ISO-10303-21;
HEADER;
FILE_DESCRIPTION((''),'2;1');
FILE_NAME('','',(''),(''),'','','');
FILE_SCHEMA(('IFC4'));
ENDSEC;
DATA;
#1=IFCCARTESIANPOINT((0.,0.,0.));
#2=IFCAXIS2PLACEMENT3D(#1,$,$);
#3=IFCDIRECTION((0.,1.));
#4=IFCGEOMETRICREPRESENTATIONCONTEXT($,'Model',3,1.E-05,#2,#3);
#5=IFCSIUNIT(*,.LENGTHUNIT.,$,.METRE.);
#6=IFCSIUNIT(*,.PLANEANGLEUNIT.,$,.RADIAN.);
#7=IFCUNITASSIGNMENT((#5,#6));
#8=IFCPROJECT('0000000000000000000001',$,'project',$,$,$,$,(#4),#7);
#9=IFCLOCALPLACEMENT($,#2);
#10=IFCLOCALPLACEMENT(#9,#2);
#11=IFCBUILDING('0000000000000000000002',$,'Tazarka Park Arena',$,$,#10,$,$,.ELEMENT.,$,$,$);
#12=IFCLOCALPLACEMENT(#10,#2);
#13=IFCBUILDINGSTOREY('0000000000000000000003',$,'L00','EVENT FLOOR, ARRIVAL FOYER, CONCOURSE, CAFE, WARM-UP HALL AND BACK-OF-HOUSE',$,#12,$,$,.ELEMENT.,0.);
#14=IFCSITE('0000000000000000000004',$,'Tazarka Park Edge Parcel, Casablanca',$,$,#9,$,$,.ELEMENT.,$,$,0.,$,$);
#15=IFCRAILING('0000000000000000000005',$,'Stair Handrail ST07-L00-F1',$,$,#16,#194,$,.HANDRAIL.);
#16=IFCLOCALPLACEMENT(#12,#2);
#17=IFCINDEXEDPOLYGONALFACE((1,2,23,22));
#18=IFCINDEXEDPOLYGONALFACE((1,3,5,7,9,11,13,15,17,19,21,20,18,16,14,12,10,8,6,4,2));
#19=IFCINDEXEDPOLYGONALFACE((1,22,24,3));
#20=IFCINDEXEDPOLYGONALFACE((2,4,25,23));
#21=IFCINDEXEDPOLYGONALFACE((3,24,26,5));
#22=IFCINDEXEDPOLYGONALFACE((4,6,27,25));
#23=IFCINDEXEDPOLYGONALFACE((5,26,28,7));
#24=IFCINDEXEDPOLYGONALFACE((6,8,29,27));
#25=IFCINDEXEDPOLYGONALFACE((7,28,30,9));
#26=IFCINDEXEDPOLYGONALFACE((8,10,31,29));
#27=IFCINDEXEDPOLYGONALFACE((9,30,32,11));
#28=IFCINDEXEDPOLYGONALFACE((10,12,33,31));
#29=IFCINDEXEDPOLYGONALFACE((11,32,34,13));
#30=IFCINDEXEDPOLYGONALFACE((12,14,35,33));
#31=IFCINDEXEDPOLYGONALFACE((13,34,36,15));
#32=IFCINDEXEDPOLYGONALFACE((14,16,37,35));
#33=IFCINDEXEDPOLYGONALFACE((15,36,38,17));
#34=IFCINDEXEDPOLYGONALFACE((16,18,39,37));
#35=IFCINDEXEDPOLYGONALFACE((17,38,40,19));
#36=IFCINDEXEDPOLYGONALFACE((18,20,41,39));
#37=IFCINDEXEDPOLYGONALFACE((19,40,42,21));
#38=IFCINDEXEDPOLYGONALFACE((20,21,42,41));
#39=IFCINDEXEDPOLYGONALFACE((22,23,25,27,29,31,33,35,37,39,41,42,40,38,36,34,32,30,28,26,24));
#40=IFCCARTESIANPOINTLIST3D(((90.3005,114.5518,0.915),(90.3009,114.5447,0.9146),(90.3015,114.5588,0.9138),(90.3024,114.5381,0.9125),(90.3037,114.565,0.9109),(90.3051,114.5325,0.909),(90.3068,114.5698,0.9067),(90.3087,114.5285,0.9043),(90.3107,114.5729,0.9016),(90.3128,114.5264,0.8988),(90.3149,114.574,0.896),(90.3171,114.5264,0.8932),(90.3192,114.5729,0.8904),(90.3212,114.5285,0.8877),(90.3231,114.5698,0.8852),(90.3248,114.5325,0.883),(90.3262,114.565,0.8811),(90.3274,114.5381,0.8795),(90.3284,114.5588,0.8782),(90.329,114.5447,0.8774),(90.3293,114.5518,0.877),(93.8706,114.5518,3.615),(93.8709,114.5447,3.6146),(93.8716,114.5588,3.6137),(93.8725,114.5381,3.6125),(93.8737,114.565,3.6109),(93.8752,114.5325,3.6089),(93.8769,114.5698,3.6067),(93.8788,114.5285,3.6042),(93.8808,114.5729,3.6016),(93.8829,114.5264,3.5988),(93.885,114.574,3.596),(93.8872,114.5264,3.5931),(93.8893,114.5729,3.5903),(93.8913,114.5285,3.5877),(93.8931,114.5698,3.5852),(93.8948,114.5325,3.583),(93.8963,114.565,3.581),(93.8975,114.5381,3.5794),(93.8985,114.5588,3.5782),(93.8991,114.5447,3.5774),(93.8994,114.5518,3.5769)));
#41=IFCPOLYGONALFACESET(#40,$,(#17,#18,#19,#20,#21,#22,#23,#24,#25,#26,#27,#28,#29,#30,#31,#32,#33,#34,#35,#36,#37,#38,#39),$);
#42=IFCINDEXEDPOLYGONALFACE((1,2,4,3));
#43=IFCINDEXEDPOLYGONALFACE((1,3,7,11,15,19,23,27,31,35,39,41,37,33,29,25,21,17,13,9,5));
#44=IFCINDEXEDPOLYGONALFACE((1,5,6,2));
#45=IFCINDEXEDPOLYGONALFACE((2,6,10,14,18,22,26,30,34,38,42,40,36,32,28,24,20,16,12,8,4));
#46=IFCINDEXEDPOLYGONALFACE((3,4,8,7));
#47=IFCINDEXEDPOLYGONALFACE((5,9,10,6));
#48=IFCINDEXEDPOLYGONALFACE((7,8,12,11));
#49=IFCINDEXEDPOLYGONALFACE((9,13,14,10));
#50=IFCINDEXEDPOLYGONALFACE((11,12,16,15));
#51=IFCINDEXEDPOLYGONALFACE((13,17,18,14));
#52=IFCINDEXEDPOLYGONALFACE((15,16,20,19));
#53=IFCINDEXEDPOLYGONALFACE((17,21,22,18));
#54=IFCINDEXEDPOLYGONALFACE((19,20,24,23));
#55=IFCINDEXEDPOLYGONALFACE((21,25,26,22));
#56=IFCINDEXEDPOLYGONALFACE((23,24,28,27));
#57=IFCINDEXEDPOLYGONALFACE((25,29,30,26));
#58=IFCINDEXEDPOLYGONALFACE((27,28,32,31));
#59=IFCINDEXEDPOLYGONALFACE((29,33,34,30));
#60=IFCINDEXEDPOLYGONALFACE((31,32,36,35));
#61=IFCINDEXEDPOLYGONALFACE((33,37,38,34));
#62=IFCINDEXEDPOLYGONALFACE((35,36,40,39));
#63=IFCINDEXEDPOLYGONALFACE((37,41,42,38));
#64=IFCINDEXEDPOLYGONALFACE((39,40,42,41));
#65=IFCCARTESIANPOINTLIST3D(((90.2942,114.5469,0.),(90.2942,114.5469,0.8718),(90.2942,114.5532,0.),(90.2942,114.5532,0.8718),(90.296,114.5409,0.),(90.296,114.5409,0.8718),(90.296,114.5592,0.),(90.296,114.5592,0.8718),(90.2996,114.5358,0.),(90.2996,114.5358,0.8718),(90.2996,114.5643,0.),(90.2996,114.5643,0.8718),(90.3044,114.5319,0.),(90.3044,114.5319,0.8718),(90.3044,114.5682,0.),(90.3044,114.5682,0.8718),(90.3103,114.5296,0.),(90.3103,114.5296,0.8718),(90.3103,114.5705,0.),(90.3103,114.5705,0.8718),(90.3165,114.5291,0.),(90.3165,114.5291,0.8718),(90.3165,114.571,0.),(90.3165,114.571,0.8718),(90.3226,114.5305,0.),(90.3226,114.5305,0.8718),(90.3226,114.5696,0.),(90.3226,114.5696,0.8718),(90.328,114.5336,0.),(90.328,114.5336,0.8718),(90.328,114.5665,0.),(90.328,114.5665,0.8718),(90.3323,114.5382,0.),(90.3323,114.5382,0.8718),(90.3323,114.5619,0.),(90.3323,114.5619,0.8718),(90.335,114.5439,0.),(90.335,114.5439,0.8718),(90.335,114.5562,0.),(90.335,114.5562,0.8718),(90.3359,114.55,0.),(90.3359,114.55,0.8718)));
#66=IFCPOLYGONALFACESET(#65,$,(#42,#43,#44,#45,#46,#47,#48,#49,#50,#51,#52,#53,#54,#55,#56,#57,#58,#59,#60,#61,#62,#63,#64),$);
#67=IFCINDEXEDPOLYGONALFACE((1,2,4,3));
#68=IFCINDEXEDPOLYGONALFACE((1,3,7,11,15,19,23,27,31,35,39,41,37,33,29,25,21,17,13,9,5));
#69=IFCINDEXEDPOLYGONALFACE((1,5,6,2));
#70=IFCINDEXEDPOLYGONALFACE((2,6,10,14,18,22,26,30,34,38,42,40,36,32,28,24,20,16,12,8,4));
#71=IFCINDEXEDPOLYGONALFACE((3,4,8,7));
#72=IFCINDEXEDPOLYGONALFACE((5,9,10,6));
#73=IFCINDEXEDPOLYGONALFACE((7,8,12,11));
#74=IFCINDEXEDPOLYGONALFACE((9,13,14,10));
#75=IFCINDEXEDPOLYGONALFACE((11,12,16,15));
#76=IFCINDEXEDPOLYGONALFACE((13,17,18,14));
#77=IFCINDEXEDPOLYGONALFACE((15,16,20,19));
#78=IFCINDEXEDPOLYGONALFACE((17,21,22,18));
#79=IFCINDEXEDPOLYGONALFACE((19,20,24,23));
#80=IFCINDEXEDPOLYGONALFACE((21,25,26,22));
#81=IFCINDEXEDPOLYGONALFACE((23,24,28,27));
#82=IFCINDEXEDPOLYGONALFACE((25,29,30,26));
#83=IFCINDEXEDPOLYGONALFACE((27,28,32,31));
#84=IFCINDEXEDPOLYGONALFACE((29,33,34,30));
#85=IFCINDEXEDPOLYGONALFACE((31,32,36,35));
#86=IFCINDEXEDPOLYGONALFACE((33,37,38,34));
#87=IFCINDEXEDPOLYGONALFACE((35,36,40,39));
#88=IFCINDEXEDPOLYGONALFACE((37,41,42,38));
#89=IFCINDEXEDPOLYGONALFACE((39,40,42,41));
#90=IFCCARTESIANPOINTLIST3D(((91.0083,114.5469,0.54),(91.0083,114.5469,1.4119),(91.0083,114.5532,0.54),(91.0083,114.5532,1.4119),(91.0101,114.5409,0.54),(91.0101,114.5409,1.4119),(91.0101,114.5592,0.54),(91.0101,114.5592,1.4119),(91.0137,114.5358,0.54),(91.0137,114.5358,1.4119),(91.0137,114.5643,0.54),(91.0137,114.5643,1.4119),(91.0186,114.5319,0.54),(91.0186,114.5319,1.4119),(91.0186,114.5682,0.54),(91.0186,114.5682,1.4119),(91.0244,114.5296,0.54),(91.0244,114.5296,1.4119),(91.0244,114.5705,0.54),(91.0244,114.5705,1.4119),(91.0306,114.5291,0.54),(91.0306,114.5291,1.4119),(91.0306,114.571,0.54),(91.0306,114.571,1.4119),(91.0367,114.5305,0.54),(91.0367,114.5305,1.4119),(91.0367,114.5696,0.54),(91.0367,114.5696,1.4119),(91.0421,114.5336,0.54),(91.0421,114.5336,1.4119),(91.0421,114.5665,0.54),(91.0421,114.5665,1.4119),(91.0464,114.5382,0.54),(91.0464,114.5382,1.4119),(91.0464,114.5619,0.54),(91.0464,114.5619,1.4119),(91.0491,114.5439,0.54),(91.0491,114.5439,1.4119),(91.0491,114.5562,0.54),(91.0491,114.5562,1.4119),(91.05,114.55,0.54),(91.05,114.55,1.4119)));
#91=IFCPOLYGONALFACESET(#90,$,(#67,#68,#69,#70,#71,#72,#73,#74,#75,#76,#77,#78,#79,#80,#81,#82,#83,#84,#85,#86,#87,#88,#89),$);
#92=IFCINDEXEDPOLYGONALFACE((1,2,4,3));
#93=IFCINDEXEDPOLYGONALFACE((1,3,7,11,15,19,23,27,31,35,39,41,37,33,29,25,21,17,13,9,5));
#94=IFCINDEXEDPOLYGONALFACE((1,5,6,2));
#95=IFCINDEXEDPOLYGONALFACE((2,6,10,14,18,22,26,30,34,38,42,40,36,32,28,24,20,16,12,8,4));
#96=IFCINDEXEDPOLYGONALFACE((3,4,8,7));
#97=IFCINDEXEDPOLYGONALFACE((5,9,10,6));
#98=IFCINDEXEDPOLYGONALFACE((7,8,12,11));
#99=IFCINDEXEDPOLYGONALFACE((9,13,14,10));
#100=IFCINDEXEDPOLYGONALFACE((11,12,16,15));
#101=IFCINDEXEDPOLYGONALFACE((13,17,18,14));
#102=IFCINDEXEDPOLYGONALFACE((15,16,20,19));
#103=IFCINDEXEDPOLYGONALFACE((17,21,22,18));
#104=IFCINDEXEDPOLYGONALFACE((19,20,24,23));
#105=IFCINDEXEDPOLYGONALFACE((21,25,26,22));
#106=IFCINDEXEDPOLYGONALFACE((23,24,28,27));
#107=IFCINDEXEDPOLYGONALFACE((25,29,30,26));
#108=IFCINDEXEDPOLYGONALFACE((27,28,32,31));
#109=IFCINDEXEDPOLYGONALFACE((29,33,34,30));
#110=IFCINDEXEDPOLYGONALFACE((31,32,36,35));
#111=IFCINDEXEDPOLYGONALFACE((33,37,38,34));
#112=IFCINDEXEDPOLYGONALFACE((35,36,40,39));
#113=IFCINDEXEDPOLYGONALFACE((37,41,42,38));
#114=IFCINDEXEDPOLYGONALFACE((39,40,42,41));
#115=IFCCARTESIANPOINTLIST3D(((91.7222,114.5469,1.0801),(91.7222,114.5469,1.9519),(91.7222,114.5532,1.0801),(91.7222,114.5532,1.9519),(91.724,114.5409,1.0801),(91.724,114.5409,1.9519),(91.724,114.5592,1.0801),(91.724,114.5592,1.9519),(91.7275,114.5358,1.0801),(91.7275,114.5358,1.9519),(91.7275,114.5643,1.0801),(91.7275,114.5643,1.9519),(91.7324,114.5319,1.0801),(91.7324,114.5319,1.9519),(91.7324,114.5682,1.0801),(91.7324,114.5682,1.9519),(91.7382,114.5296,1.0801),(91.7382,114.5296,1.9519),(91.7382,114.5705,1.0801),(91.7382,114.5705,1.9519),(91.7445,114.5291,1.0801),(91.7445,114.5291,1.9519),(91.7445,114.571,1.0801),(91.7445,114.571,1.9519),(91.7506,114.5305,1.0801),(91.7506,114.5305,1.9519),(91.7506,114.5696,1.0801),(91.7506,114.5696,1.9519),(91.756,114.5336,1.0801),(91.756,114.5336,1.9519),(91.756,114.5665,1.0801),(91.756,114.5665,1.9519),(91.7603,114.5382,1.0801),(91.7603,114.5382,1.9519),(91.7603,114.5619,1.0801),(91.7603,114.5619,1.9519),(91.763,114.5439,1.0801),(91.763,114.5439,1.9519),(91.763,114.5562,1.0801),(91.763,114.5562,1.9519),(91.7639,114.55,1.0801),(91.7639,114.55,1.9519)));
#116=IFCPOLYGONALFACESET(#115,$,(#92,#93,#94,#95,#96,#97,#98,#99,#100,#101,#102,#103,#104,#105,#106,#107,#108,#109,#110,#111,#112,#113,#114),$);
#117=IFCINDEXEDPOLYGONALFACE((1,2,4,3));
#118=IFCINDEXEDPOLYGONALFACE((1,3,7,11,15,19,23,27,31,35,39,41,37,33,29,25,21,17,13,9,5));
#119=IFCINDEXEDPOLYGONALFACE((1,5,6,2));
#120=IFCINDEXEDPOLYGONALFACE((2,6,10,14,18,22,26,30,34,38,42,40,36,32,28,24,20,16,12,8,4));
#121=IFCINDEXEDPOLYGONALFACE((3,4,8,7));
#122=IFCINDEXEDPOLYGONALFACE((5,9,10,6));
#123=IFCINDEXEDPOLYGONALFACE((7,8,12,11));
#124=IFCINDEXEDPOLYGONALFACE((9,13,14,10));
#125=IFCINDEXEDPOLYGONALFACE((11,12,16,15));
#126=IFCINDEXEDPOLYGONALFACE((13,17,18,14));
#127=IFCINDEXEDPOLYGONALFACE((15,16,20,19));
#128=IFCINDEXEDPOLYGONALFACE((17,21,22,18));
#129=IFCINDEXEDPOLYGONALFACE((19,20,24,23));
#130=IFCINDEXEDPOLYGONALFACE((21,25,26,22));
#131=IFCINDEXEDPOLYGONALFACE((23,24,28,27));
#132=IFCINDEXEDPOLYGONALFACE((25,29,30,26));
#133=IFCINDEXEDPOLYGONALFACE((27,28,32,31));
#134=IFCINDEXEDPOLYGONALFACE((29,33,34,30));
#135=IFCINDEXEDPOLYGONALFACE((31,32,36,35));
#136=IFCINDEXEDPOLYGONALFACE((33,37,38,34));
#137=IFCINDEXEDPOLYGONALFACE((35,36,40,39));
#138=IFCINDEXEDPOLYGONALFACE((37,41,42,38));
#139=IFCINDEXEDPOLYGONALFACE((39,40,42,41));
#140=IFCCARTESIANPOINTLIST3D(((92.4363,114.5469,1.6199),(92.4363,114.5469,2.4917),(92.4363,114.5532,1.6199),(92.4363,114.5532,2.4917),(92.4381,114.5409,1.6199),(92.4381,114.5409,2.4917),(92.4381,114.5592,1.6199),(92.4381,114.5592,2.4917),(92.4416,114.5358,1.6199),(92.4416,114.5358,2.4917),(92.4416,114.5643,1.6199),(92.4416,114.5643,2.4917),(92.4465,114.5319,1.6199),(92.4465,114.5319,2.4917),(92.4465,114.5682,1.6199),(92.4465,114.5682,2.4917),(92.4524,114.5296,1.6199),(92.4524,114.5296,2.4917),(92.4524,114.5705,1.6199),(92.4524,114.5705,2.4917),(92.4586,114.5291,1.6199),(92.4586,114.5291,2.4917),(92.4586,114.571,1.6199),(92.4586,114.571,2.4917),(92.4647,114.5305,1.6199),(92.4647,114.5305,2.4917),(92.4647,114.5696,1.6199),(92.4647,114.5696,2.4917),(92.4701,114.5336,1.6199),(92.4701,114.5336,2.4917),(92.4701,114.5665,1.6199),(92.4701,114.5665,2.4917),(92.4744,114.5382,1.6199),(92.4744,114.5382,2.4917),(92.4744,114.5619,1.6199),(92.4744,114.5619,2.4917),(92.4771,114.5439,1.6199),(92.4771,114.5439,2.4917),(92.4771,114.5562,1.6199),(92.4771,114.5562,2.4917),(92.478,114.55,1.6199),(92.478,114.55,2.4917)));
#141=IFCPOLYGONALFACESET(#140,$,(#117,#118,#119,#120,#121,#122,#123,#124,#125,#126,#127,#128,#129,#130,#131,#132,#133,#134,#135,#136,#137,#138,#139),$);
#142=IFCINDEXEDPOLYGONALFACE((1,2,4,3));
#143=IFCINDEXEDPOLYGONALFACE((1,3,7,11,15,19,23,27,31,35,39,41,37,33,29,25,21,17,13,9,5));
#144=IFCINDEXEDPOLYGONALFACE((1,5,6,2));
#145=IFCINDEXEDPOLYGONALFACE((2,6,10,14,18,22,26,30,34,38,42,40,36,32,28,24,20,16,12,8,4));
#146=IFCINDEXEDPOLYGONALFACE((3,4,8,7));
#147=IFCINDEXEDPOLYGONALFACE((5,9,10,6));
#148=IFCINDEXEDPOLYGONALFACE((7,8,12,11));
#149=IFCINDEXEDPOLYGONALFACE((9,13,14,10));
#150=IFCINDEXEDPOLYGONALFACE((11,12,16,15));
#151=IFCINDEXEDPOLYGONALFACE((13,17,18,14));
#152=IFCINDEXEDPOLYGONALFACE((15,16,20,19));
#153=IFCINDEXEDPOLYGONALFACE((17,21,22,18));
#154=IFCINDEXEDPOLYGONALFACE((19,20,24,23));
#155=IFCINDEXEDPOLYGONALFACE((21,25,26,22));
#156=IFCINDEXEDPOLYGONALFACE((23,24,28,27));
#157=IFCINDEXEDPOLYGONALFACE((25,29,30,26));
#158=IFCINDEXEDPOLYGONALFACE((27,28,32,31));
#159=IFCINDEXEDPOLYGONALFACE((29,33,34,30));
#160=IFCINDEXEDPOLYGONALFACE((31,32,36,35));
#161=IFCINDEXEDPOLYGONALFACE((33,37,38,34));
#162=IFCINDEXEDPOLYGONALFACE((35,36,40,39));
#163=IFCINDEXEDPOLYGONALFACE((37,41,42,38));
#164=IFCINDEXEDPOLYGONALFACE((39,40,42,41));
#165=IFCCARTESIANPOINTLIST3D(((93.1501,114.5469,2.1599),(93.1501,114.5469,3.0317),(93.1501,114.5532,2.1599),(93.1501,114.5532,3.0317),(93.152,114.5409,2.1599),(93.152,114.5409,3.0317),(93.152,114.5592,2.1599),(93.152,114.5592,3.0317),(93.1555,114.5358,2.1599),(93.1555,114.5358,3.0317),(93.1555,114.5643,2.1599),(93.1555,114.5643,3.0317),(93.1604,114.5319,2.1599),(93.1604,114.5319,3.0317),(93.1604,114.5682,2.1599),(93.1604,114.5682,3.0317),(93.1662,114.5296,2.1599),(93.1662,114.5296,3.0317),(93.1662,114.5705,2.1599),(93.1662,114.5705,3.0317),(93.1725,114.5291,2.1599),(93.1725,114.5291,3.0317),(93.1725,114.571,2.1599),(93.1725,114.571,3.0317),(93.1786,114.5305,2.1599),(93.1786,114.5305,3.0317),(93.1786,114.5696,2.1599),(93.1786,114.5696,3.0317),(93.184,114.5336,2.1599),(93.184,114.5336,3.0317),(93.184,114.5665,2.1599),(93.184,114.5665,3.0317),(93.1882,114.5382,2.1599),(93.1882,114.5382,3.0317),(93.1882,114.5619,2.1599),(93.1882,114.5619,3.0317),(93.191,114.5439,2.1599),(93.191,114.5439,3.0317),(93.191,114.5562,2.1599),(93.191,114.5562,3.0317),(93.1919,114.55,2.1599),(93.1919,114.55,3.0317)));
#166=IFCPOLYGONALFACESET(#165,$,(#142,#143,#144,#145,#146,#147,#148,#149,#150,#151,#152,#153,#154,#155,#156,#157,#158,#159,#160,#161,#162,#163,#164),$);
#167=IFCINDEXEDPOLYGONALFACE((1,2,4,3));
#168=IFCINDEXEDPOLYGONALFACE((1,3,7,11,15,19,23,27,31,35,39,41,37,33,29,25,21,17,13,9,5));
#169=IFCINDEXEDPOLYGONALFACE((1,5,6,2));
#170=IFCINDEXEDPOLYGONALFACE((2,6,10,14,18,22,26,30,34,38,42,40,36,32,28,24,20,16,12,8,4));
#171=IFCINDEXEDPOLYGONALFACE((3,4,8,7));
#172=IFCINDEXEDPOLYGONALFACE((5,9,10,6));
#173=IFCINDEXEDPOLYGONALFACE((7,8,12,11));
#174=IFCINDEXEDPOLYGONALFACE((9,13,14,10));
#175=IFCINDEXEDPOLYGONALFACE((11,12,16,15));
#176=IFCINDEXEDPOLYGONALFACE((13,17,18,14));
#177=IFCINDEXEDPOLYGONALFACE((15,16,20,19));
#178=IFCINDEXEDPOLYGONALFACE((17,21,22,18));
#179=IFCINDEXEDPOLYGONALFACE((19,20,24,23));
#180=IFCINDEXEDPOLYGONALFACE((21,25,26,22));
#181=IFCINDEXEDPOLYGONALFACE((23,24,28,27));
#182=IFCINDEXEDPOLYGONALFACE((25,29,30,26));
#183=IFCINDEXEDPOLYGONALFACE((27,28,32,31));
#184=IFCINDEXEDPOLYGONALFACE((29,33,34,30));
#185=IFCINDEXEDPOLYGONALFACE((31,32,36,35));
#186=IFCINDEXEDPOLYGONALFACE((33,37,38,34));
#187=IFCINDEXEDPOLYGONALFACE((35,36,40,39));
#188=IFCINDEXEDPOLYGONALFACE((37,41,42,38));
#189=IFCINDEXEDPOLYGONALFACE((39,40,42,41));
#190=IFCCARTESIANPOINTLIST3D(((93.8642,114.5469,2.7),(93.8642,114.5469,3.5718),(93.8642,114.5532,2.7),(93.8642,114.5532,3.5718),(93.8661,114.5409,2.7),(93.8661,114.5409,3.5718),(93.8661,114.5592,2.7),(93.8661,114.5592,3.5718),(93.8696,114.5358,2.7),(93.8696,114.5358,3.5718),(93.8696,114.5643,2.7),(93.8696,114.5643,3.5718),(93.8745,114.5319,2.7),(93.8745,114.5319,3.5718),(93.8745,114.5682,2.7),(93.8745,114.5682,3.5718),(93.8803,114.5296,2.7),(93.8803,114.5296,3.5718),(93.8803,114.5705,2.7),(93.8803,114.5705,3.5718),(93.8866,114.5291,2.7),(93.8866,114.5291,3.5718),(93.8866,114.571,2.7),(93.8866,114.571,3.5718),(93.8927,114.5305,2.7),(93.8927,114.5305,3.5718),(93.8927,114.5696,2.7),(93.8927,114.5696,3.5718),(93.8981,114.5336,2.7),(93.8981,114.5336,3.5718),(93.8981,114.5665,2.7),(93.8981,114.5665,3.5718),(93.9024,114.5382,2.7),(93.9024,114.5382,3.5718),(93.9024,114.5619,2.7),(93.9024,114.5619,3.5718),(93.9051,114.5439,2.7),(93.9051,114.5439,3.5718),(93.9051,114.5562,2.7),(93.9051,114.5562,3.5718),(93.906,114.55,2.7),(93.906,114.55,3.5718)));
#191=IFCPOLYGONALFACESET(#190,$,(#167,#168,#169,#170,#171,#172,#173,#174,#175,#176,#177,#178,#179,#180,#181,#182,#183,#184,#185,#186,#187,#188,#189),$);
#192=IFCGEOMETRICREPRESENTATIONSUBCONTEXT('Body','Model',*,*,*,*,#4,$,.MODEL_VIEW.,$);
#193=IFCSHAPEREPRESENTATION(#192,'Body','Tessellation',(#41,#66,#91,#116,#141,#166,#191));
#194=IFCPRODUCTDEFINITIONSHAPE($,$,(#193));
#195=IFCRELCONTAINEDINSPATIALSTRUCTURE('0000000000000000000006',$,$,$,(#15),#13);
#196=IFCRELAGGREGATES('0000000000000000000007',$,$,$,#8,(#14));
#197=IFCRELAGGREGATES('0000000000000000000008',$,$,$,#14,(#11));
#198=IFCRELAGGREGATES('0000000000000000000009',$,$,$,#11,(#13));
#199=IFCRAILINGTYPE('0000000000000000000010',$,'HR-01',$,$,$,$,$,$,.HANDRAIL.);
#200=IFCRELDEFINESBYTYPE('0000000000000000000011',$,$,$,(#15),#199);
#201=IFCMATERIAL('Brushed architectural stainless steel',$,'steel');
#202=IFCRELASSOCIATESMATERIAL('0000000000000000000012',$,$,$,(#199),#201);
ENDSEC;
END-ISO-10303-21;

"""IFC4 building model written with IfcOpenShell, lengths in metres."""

from ifc_helpers import new_model, si_unit, direction, frame, origin, origin_2d, place, context, subcontext, project, spatial, circle, extrude, material, type_object, element, save


model = new_model("IFC4")

# Units and contexts
model_context = context("Model", 3, precision=1e-05, world=origin(), true_north=direction((0.0, 1.0)))
body_context = subcontext(model_context, "Body", "Model", "MODEL_VIEW")
ifc_project = project(units=[si_unit("LENGTHUNIT", "METRE"), si_unit("PLANEANGLEUNIT", "RADIAN")], contexts=[model_context])

# Site, building, storey
site_placement = place(None, origin())
site = spatial("IfcSite", under=ifc_project, at=site_placement, Name="Tazarka Park Edge Parcel, Casablanca", CompositionType="ELEMENT", RefElevation=0.0)
building_placement = place(site_placement, origin())
building = spatial("IfcBuilding", under=site, at=building_placement, Name="Tazarka Park Arena", CompositionType="ELEMENT")
storey_placement = place(building_placement, origin())
storey = spatial("IfcBuildingStorey", under=building, at=storey_placement, Name="L00", Description="EVENT FLOOR, ARRIVAL FOYER, CONCOURSE, CAFE, WARM-UP HALL AND BACK-OF-HOUSE", CompositionType="ELEMENT", Elevation=0.0)

# Railing
ifc_material_1 = material(Name="Brushed architectural stainless steel", Category="steel")
railing_type_1 = type_object("IfcRailingType", Name="HR-01", PredefinedType="HANDRAIL", material=ifc_material_1)
railing_placement = place(storey_placement, frame((90.3149, 114.55, 0.0)))
element("IfcRailing", 1, at=railing_placement, inside=storey, type_object=railing_type_1, Name="Stair Handrail ST07-L00-F1", PredefinedType="HANDRAIL", context=body_context, shape_type="SweptSolid", body=[
    extrude(circle(Radius=0.0239, at=origin_2d()), frame((0.0, 0.0, 0.896), z_axis=(0.797591, 0.0, 0.603198), x_axis=(0.0, 1.0, 0.0)), (0.0, 0.0, 1.0), 4.4761),
    extrude(circle(Radius=0.021, at=origin_2d()), origin(), (0.0, 0.0, 1.0), 0.8718),
    extrude(circle(Radius=0.021, at=origin_2d()), frame((0.7141, 0.0, 0.54)), (0.0, 0.0, 1.0), 0.8718),
    extrude(circle(Radius=0.021, at=origin_2d()), frame((1.428, 0.0, 1.0801)), (0.0, 0.0, 1.0), 0.8718),
    extrude(circle(Radius=0.021, at=origin_2d()), frame((2.1421, 0.0, 1.6199)), (0.0, 0.0, 1.0), 0.8718),
    extrude(circle(Radius=0.021, at=origin_2d()), frame((2.856, 0.0, 2.1599)), (0.0, 0.0, 1.0), 0.8718),
    extrude(circle(Radius=0.021, at=origin_2d()), frame((3.5701, 0.0, 2.7)), (0.0, 0.0, 1.0), 0.8718),
])

save(model, "model.ifc")
